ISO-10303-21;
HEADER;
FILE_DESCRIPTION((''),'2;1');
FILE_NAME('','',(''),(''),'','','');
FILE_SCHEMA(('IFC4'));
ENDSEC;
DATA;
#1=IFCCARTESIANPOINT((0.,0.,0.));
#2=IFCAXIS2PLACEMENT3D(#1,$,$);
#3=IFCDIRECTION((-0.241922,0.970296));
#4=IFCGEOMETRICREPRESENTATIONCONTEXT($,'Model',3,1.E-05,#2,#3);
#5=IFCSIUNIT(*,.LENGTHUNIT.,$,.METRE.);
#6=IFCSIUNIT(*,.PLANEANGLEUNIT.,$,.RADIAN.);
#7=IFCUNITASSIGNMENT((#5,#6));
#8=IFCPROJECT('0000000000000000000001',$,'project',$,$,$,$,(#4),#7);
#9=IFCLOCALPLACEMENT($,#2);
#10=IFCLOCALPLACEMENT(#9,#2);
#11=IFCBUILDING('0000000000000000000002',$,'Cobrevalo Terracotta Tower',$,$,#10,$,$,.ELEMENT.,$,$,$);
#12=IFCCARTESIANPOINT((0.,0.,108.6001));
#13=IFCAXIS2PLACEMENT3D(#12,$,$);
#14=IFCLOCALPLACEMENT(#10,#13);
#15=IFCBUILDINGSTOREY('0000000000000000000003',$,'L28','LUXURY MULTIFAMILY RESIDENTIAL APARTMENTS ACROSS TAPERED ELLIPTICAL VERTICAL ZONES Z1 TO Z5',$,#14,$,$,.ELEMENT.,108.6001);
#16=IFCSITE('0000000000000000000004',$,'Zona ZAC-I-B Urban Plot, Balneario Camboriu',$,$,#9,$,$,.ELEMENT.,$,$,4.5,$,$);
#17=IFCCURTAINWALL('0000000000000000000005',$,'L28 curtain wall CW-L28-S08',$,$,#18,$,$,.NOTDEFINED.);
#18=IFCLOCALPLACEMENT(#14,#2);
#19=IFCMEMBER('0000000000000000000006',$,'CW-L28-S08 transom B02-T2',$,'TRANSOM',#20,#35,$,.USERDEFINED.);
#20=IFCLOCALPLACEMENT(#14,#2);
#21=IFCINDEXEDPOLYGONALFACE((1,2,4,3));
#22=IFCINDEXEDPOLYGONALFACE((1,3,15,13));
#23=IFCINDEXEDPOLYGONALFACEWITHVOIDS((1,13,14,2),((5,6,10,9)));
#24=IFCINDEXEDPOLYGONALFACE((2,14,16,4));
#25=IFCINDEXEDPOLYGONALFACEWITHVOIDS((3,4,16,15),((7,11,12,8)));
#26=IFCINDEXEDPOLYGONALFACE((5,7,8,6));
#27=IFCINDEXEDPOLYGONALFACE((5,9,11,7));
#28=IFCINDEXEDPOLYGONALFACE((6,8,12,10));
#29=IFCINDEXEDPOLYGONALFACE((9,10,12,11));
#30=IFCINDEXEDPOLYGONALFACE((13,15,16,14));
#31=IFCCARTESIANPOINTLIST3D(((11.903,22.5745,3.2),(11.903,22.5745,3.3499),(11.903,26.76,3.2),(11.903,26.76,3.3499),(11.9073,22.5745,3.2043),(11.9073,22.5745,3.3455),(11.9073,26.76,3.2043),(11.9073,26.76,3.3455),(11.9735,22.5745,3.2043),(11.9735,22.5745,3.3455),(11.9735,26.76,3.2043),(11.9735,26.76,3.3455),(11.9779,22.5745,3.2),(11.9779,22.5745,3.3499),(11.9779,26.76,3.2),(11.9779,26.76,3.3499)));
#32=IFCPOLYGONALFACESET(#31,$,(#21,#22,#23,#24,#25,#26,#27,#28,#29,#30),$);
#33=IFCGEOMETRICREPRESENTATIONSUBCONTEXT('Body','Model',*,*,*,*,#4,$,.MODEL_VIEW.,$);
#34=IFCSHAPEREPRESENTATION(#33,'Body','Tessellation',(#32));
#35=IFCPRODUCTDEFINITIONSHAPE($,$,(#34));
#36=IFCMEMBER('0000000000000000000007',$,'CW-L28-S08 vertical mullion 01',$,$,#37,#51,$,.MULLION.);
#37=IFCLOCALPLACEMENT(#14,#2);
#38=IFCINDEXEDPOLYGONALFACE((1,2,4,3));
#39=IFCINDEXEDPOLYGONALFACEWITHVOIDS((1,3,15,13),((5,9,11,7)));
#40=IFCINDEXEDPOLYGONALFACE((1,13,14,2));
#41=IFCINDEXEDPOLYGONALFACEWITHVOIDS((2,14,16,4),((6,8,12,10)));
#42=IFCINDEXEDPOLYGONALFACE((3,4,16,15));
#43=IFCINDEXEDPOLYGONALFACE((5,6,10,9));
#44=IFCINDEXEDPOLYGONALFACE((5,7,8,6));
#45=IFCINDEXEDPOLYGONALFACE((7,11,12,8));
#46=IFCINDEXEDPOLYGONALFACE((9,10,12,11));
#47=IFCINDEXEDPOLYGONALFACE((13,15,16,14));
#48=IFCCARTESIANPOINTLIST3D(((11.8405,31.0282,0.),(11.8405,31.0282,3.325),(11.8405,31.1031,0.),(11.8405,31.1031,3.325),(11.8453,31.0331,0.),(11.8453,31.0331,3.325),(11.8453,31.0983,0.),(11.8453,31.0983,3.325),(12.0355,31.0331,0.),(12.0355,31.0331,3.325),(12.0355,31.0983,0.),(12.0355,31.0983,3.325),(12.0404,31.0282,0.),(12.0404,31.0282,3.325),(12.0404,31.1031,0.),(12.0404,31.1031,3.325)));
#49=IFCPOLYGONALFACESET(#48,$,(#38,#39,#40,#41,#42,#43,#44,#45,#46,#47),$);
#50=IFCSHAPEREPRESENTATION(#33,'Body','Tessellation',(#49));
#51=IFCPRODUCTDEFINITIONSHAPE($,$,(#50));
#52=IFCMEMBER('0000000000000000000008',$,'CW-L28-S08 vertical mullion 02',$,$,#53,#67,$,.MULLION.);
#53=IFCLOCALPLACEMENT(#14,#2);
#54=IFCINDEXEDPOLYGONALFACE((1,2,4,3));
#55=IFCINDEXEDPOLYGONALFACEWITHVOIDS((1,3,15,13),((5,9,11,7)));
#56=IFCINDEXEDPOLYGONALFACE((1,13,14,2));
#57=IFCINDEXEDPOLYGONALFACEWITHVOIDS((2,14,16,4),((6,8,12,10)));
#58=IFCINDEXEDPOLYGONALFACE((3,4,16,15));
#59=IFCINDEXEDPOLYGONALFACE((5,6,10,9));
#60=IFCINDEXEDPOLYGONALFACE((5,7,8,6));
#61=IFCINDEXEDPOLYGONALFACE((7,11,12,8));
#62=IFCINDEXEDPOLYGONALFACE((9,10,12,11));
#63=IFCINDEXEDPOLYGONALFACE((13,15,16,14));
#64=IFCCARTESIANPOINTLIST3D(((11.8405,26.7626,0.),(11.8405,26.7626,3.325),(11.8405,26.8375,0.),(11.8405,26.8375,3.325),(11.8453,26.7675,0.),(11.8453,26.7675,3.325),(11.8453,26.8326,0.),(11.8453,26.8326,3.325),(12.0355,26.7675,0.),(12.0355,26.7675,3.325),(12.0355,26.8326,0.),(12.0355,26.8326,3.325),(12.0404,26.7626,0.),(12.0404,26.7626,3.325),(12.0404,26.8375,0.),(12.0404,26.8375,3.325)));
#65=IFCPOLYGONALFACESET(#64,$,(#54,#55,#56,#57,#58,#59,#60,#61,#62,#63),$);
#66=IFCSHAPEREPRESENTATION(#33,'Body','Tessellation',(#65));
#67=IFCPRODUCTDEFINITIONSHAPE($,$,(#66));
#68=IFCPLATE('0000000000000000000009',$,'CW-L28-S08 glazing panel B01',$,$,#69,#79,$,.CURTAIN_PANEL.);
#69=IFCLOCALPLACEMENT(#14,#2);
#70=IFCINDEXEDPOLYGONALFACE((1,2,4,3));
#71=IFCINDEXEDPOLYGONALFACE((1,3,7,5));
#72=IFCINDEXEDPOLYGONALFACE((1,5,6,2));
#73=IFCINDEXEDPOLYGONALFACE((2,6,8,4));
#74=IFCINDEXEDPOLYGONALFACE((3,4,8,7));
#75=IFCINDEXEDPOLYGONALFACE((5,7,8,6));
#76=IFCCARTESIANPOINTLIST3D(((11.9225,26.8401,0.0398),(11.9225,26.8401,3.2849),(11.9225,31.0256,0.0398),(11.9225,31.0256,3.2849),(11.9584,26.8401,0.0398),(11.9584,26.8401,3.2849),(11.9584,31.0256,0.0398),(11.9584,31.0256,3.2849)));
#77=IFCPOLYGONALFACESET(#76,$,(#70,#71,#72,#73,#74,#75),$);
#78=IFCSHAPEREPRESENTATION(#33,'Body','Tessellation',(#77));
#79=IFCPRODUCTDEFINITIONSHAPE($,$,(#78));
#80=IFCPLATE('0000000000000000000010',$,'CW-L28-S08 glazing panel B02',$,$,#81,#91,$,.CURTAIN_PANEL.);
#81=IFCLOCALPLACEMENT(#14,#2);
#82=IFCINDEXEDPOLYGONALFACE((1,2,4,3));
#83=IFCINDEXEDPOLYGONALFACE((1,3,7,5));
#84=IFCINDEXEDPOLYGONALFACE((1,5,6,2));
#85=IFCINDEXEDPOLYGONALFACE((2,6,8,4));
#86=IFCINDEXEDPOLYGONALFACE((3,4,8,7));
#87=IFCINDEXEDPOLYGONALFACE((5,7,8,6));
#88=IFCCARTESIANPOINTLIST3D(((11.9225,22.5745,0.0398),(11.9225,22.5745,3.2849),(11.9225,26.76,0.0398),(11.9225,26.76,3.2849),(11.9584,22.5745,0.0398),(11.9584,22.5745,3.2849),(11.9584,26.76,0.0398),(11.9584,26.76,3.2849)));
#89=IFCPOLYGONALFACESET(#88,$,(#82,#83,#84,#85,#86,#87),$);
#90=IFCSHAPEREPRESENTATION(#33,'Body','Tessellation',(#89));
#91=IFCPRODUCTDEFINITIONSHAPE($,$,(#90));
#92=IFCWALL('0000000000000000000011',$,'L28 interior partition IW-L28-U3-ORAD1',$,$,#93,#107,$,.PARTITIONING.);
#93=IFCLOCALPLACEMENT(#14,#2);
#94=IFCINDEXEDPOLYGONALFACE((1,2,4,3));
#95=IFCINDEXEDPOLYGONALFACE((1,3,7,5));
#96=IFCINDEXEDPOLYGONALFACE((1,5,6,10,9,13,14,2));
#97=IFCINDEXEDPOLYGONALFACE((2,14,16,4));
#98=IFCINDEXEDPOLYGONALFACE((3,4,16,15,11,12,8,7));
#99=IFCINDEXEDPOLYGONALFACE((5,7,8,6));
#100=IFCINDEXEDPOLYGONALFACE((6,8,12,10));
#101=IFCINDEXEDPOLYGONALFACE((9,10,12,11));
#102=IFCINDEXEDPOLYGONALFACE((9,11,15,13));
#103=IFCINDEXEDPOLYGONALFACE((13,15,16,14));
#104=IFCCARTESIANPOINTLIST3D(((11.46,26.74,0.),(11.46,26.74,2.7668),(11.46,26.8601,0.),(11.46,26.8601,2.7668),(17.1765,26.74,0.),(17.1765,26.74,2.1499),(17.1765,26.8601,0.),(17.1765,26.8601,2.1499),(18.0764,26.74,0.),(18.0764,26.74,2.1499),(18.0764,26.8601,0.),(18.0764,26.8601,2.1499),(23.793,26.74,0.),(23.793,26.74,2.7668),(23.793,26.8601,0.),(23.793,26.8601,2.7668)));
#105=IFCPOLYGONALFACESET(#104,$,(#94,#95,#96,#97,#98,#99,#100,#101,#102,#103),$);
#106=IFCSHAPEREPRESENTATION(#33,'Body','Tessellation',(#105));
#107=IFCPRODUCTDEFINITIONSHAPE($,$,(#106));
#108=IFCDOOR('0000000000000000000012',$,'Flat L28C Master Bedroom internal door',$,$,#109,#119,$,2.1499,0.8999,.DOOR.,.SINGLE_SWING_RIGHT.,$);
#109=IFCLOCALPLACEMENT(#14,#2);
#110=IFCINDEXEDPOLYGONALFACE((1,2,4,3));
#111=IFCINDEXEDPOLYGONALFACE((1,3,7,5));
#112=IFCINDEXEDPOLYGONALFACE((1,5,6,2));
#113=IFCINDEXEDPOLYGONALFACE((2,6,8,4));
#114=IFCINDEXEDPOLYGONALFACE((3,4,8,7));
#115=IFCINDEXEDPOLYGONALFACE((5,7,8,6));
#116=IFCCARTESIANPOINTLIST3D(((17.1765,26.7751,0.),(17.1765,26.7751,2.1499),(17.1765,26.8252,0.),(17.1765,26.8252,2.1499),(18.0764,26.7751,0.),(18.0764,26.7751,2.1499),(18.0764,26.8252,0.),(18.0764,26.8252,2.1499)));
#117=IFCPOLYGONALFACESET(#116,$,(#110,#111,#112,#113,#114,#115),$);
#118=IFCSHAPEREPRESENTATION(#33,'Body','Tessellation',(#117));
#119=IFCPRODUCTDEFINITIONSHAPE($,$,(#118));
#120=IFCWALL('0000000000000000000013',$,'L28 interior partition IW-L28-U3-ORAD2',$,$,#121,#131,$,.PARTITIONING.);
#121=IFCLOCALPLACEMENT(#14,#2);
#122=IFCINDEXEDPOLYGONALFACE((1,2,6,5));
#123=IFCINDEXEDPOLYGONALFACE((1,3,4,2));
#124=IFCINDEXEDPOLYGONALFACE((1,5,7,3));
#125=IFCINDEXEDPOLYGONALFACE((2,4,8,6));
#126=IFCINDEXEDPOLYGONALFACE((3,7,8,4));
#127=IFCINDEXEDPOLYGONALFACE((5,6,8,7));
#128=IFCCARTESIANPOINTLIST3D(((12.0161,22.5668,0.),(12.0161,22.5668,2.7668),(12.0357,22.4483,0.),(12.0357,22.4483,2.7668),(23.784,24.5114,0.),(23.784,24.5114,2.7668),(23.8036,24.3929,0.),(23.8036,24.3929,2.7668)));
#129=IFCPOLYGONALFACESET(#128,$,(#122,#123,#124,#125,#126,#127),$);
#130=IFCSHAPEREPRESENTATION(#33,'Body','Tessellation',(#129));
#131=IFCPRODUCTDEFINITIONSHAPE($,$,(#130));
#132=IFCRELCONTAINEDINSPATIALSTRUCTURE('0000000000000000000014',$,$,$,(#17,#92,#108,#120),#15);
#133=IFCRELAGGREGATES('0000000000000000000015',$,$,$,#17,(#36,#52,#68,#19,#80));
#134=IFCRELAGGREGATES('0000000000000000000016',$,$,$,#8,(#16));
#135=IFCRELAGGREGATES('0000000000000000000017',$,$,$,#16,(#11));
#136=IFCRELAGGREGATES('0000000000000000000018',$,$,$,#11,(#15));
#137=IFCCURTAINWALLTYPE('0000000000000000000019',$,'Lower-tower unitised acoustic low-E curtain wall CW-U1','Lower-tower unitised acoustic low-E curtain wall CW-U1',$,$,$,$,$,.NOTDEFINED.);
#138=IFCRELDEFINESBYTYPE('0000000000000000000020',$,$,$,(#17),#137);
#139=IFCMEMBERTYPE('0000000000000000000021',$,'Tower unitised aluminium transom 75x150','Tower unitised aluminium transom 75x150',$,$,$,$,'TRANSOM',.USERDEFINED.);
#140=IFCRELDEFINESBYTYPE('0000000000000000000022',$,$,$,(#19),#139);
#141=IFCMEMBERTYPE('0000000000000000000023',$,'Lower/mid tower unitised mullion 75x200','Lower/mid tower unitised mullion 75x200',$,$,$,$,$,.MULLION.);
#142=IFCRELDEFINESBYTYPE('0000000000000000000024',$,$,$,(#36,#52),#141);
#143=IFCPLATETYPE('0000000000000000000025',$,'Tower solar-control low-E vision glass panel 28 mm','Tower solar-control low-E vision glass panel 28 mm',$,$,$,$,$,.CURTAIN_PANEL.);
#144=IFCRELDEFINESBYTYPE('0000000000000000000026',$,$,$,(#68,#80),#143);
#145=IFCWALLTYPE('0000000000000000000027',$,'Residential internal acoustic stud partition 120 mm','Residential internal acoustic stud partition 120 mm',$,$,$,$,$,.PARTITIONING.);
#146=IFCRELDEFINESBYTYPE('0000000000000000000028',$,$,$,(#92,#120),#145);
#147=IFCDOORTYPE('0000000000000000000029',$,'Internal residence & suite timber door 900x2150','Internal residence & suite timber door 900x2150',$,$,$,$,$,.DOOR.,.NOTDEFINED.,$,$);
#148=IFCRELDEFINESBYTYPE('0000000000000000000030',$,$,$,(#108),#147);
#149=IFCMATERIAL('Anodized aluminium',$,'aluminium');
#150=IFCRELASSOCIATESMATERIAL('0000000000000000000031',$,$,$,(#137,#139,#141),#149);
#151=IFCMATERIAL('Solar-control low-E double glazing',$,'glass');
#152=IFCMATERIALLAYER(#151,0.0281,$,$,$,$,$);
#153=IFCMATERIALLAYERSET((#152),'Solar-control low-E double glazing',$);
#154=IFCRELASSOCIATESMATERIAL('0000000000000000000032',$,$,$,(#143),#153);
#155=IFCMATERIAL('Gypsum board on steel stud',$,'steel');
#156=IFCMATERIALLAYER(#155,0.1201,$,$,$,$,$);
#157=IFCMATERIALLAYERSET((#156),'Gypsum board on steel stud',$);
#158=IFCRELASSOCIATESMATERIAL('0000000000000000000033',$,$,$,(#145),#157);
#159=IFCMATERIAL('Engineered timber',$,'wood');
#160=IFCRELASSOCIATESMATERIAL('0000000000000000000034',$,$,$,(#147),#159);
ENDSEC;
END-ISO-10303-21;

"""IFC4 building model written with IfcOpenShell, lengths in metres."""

from ifc_helpers import new_model, si_unit, direction, frame, frame_2d, origin, origin_2d, place, context, subcontext, project, spatial, rectangle, hollow_rectangle, extrude, source, transform, mapped, material, layer, layer_set, material_profile, profile_set, type_object, element, fill, aggregate, save


model = new_model("IFC4")

# Units and contexts
model_context = context("Model", 3, precision=1e-05, world=origin(), true_north=direction((-0.241922, 0.970296)))
body_context = subcontext(model_context, "Body", "Model", "MODEL_VIEW")
ifc_project = project(units=[si_unit("LENGTHUNIT", "METRE"), si_unit("PLANEANGLEUNIT", "RADIAN")], contexts=[model_context])

# Site, building, storey
site_placement = place(None, origin())
site = spatial("IfcSite", under=ifc_project, at=site_placement, Name="Zona ZAC-I-B Urban Plot, Balneario Camboriu", CompositionType="ELEMENT", RefElevation=4.5)
building_placement = place(site_placement, origin())
building = spatial("IfcBuilding", under=site, at=building_placement, Name="Cobrevalo Terracotta Tower", CompositionType="ELEMENT")
storey_placement = place(building_placement, frame((0.0, 0.0, 108.6001)))
storey = spatial("IfcBuildingStorey", under=building, at=storey_placement, Name="L28", Description="LUXURY MULTIFAMILY RESIDENTIAL APARTMENTS ACROSS TAPERED ELLIPTICAL VERTICAL ZONES Z1 TO Z5", CompositionType="ELEMENT", Elevation=108.6001)

# Curtain wall, members, plates
ifc_material_1 = material(Name="Anodized aluminium", Category="aluminium")
curtain_wall_type = type_object("IfcCurtainWallType", Name="Lower-tower unitised acoustic low-E curtain wall CW-U1", Description="Lower-tower unitised acoustic low-E curtain wall CW-U1", PredefinedType="NOTDEFINED", material=ifc_material_1)
curtain_wall_placement = place(storey_placement, origin())
curtain_wall = element("IfcCurtainWall", 1, at=curtain_wall_placement, inside=storey, type_object=curtain_wall_type, Name="L28 curtain wall CW-L28-S08", PredefinedType="NOTDEFINED")
ifc_material_profile_1 = material_profile(ifc_material_1, hollow_rectangle(XDim=0.075, YDim=0.1499, WallThickness=0.0044, at=origin_2d()), Name="CWT 75x150")
ifc_profile_set_1 = profile_set([ifc_material_profile_1], Name="Anodized aluminium")
member_type_1 = type_object("IfcMemberType", Name="Tower unitised aluminium transom 75x150", Description="Tower unitised aluminium transom 75x150", ElementType="TRANSOM", PredefinedType="USERDEFINED", material=ifc_profile_set_1)
shared_shape_1 = source(origin(), body_context, "Body", "SweptSolid", [
    extrude(hollow_rectangle(XDim=0.075, YDim=0.1499, WallThickness=0.0044, at=origin_2d()), origin(), (0.0, 0.0, 1.0), 4.1855),
])
member_1_placement = place(storey_placement, frame((11.9404, 26.76, 3.2749), z_axis=(0.0, -1.0, 0.0), x_axis=(1.0, 0.0, 0.0)))
member_1 = element("IfcMember", 2, at=member_1_placement, type_object=member_type_1, Name="CW-L28-S08 transom B02-T2", ObjectType="TRANSOM", PredefinedType="USERDEFINED", context=body_context, shape_type="MappedRepresentation", body=[
    mapped(shared_shape_1, transform((0.0, 0.0, 0.0), scale=1.0)),
])
ifc_material_profile_2 = material_profile(ifc_material_1, hollow_rectangle(XDim=0.075, YDim=0.2, WallThickness=0.0049, at=origin_2d()), Name="CWM 75x200")
ifc_profile_set_2 = profile_set([ifc_material_profile_2], Name="Anodized aluminium")
member_type_2 = type_object("IfcMemberType", Name="Lower/mid tower unitised mullion 75x200", Description="Lower/mid tower unitised mullion 75x200", PredefinedType="MULLION", material=ifc_profile_set_2)
shared_shape_2 = source(origin(), body_context, "Body", "SweptSolid", [
    extrude(hollow_rectangle(XDim=0.075, YDim=0.2, WallThickness=0.0049, at=origin_2d()), origin(), (0.0, 0.0, 1.0), 3.325),
])
member_2_placement = place(storey_placement, frame((11.9404, 31.0657, 0.0), z_axis=(0.0, 0.0, 1.0), x_axis=(0.0, -1.0, 0.0)))
member_2 = element("IfcMember", 3, at=member_2_placement, type_object=member_type_2, Name="CW-L28-S08 vertical mullion 01", PredefinedType="MULLION", context=body_context, shape_type="MappedRepresentation", body=[
    mapped(shared_shape_2, transform((0.0, 0.0, 0.0), scale=1.0)),
])
member_3_placement = place(storey_placement, frame((11.9404, 26.8, 0.0), z_axis=(0.0, 0.0, 1.0), x_axis=(0.0, -1.0, 0.0)))
member_3 = element("IfcMember", 4, at=member_3_placement, type_object=member_type_2, Name="CW-L28-S08 vertical mullion 02", PredefinedType="MULLION", context=body_context, shape_type="MappedRepresentation", body=[
    mapped(shared_shape_2, transform((0.0, 0.0, 0.0), scale=1.0)),
])
ifc_material_2 = material(Name="Solar-control low-E double glazing", Category="glass")
ifc_layer_1 = layer(ifc_material_2, 0.0281)
ifc_layer_set_1 = layer_set([ifc_layer_1], Name="Solar-control low-E double glazing")
plate_type = type_object("IfcPlateType", Name="Tower solar-control low-E vision glass panel 28 mm", Description="Tower solar-control low-E vision glass panel 28 mm", PredefinedType="CURTAIN_PANEL", material=ifc_layer_set_1)
shared_shape_3 = source(origin(), body_context, "Body", "SweptSolid", [
    extrude(rectangle(XDim=4.1855, YDim=0.0359, at=origin_2d()), origin(), (0.0, 0.0, 1.0), 3.2451),
])
plate_1_placement = place(storey_placement, frame((11.9404, 28.9329, 0.0398), z_axis=(0.0, 0.0, 1.0), x_axis=(0.0, -1.0, 0.0)))
plate_1 = element("IfcPlate", 5, at=plate_1_placement, type_object=plate_type, Name="CW-L28-S08 glazing panel B01", PredefinedType="CURTAIN_PANEL", context=body_context, shape_type="MappedRepresentation", body=[
    mapped(shared_shape_3, transform((0.0, 0.0, 0.0), scale=1.0)),
])
plate_2_placement = place(storey_placement, frame((11.9404, 24.6672, 0.0398), z_axis=(0.0, 0.0, 1.0), x_axis=(0.0, -1.0, 0.0)))
plate_2 = element("IfcPlate", 6, at=plate_2_placement, type_object=plate_type, Name="CW-L28-S08 glazing panel B02", PredefinedType="CURTAIN_PANEL", context=body_context, shape_type="MappedRepresentation", body=[
    mapped(shared_shape_3, transform((0.0, 0.0, 0.0), scale=1.0)),
])
aggregate(curtain_wall, [member_2, member_3, plate_1, member_1, plate_2])

# Wall, opening, door
ifc_material_3 = material(Name="Gypsum board on steel stud", Category="steel")
ifc_layer_2 = layer(ifc_material_3, 0.1201)
ifc_layer_set_2 = layer_set([ifc_layer_2], Name="Gypsum board on steel stud")
wall_type = type_object("IfcWallType", Name="Residential internal acoustic stud partition 120 mm", Description="Residential internal acoustic stud partition 120 mm", PredefinedType="PARTITIONING", material=ifc_layer_set_2)
wall_1_placement = place(storey_placement, frame((23.793, 26.8, 0.0), z_axis=(0.0, 0.0, 1.0), x_axis=(-1.0, 0.0, 0.0)))
wall_1 = element("IfcWall", 7, at=wall_1_placement, inside=storey, type_object=wall_type, Name="L28 interior partition IW-L28-U3-ORAD1", PredefinedType="PARTITIONING", context=body_context, shape_type="SweptSolid", body=[
    extrude(rectangle(XDim=12.333, YDim=0.1201, at=frame_2d((6.1665, 0.0))), origin(), (0.0, 0.0, 1.0), 2.7668),
])
opening_placement = place(wall_1_placement, frame((5.7166, 0.0, 0.0)))
opening = element("IfcOpeningElement", 8, at=opening_placement, cuts=wall_1, PredefinedType="OPENING", context=body_context, shape_type="SweptSolid", body=[
    extrude(rectangle(XDim=0.8999, YDim=2.1499, at=frame_2d((0.45, 1.075))), frame((0.0, 0.0701, 0.0), z_axis=(0.0, -1.0, 0.0), x_axis=(1.0, 0.0, 0.0)), (0.0, 0.0, 1.0), 0.1401),
])
ifc_material_4 = material(Name="Engineered timber", Category="wood")
door_type = type_object("IfcDoorType", Name="Internal residence & suite timber door 900x2150", Description="Internal residence & suite timber door 900x2150", OperationType="NOTDEFINED", PredefinedType="DOOR", material=ifc_material_4)
shared_shape_4 = source(origin(), body_context, "Body", "SweptSolid", [
    extrude(rectangle(XDim=0.8999, YDim=2.1499, at=frame_2d((0.45, 1.075))), frame((0.0, 0.0249, 0.0), z_axis=(0.0, -1.0, 0.0), x_axis=(1.0, 0.0, 0.0)), (0.0, 0.0, 1.0), 0.05),
])
door_placement = place(opening_placement, origin())
door = element("IfcDoor", 9, at=door_placement, inside=storey, type_object=door_type, Name="Flat L28C Master Bedroom internal door", OperationType="SINGLE_SWING_RIGHT", OverallHeight=2.1499, OverallWidth=0.8999, PredefinedType="DOOR", context=body_context, shape_type="MappedRepresentation", body=[
    mapped(shared_shape_4, transform((0.0, 0.0, 0.0), scale=1.0)),
])
fill(opening, door)

# Wall
wall_2_placement = place(storey_placement, frame((23.7939, 24.4521, 0.0), z_axis=(0.0, 0.0, 1.0), x_axis=(-0.98662, -0.163035, 0.0)))
element("IfcWall", 10, at=wall_2_placement, inside=storey, type_object=wall_type, Name="L28 interior partition IW-L28-U3-ORAD2", PredefinedType="PARTITIONING", context=body_context, shape_type="SweptSolid", body=[
    extrude(rectangle(XDim=11.9275, YDim=0.1201, at=frame_2d((5.9639, 0.0))), origin(), (0.0, 0.0, 1.0), 2.7668),
])

save(model, "model.ifc")
